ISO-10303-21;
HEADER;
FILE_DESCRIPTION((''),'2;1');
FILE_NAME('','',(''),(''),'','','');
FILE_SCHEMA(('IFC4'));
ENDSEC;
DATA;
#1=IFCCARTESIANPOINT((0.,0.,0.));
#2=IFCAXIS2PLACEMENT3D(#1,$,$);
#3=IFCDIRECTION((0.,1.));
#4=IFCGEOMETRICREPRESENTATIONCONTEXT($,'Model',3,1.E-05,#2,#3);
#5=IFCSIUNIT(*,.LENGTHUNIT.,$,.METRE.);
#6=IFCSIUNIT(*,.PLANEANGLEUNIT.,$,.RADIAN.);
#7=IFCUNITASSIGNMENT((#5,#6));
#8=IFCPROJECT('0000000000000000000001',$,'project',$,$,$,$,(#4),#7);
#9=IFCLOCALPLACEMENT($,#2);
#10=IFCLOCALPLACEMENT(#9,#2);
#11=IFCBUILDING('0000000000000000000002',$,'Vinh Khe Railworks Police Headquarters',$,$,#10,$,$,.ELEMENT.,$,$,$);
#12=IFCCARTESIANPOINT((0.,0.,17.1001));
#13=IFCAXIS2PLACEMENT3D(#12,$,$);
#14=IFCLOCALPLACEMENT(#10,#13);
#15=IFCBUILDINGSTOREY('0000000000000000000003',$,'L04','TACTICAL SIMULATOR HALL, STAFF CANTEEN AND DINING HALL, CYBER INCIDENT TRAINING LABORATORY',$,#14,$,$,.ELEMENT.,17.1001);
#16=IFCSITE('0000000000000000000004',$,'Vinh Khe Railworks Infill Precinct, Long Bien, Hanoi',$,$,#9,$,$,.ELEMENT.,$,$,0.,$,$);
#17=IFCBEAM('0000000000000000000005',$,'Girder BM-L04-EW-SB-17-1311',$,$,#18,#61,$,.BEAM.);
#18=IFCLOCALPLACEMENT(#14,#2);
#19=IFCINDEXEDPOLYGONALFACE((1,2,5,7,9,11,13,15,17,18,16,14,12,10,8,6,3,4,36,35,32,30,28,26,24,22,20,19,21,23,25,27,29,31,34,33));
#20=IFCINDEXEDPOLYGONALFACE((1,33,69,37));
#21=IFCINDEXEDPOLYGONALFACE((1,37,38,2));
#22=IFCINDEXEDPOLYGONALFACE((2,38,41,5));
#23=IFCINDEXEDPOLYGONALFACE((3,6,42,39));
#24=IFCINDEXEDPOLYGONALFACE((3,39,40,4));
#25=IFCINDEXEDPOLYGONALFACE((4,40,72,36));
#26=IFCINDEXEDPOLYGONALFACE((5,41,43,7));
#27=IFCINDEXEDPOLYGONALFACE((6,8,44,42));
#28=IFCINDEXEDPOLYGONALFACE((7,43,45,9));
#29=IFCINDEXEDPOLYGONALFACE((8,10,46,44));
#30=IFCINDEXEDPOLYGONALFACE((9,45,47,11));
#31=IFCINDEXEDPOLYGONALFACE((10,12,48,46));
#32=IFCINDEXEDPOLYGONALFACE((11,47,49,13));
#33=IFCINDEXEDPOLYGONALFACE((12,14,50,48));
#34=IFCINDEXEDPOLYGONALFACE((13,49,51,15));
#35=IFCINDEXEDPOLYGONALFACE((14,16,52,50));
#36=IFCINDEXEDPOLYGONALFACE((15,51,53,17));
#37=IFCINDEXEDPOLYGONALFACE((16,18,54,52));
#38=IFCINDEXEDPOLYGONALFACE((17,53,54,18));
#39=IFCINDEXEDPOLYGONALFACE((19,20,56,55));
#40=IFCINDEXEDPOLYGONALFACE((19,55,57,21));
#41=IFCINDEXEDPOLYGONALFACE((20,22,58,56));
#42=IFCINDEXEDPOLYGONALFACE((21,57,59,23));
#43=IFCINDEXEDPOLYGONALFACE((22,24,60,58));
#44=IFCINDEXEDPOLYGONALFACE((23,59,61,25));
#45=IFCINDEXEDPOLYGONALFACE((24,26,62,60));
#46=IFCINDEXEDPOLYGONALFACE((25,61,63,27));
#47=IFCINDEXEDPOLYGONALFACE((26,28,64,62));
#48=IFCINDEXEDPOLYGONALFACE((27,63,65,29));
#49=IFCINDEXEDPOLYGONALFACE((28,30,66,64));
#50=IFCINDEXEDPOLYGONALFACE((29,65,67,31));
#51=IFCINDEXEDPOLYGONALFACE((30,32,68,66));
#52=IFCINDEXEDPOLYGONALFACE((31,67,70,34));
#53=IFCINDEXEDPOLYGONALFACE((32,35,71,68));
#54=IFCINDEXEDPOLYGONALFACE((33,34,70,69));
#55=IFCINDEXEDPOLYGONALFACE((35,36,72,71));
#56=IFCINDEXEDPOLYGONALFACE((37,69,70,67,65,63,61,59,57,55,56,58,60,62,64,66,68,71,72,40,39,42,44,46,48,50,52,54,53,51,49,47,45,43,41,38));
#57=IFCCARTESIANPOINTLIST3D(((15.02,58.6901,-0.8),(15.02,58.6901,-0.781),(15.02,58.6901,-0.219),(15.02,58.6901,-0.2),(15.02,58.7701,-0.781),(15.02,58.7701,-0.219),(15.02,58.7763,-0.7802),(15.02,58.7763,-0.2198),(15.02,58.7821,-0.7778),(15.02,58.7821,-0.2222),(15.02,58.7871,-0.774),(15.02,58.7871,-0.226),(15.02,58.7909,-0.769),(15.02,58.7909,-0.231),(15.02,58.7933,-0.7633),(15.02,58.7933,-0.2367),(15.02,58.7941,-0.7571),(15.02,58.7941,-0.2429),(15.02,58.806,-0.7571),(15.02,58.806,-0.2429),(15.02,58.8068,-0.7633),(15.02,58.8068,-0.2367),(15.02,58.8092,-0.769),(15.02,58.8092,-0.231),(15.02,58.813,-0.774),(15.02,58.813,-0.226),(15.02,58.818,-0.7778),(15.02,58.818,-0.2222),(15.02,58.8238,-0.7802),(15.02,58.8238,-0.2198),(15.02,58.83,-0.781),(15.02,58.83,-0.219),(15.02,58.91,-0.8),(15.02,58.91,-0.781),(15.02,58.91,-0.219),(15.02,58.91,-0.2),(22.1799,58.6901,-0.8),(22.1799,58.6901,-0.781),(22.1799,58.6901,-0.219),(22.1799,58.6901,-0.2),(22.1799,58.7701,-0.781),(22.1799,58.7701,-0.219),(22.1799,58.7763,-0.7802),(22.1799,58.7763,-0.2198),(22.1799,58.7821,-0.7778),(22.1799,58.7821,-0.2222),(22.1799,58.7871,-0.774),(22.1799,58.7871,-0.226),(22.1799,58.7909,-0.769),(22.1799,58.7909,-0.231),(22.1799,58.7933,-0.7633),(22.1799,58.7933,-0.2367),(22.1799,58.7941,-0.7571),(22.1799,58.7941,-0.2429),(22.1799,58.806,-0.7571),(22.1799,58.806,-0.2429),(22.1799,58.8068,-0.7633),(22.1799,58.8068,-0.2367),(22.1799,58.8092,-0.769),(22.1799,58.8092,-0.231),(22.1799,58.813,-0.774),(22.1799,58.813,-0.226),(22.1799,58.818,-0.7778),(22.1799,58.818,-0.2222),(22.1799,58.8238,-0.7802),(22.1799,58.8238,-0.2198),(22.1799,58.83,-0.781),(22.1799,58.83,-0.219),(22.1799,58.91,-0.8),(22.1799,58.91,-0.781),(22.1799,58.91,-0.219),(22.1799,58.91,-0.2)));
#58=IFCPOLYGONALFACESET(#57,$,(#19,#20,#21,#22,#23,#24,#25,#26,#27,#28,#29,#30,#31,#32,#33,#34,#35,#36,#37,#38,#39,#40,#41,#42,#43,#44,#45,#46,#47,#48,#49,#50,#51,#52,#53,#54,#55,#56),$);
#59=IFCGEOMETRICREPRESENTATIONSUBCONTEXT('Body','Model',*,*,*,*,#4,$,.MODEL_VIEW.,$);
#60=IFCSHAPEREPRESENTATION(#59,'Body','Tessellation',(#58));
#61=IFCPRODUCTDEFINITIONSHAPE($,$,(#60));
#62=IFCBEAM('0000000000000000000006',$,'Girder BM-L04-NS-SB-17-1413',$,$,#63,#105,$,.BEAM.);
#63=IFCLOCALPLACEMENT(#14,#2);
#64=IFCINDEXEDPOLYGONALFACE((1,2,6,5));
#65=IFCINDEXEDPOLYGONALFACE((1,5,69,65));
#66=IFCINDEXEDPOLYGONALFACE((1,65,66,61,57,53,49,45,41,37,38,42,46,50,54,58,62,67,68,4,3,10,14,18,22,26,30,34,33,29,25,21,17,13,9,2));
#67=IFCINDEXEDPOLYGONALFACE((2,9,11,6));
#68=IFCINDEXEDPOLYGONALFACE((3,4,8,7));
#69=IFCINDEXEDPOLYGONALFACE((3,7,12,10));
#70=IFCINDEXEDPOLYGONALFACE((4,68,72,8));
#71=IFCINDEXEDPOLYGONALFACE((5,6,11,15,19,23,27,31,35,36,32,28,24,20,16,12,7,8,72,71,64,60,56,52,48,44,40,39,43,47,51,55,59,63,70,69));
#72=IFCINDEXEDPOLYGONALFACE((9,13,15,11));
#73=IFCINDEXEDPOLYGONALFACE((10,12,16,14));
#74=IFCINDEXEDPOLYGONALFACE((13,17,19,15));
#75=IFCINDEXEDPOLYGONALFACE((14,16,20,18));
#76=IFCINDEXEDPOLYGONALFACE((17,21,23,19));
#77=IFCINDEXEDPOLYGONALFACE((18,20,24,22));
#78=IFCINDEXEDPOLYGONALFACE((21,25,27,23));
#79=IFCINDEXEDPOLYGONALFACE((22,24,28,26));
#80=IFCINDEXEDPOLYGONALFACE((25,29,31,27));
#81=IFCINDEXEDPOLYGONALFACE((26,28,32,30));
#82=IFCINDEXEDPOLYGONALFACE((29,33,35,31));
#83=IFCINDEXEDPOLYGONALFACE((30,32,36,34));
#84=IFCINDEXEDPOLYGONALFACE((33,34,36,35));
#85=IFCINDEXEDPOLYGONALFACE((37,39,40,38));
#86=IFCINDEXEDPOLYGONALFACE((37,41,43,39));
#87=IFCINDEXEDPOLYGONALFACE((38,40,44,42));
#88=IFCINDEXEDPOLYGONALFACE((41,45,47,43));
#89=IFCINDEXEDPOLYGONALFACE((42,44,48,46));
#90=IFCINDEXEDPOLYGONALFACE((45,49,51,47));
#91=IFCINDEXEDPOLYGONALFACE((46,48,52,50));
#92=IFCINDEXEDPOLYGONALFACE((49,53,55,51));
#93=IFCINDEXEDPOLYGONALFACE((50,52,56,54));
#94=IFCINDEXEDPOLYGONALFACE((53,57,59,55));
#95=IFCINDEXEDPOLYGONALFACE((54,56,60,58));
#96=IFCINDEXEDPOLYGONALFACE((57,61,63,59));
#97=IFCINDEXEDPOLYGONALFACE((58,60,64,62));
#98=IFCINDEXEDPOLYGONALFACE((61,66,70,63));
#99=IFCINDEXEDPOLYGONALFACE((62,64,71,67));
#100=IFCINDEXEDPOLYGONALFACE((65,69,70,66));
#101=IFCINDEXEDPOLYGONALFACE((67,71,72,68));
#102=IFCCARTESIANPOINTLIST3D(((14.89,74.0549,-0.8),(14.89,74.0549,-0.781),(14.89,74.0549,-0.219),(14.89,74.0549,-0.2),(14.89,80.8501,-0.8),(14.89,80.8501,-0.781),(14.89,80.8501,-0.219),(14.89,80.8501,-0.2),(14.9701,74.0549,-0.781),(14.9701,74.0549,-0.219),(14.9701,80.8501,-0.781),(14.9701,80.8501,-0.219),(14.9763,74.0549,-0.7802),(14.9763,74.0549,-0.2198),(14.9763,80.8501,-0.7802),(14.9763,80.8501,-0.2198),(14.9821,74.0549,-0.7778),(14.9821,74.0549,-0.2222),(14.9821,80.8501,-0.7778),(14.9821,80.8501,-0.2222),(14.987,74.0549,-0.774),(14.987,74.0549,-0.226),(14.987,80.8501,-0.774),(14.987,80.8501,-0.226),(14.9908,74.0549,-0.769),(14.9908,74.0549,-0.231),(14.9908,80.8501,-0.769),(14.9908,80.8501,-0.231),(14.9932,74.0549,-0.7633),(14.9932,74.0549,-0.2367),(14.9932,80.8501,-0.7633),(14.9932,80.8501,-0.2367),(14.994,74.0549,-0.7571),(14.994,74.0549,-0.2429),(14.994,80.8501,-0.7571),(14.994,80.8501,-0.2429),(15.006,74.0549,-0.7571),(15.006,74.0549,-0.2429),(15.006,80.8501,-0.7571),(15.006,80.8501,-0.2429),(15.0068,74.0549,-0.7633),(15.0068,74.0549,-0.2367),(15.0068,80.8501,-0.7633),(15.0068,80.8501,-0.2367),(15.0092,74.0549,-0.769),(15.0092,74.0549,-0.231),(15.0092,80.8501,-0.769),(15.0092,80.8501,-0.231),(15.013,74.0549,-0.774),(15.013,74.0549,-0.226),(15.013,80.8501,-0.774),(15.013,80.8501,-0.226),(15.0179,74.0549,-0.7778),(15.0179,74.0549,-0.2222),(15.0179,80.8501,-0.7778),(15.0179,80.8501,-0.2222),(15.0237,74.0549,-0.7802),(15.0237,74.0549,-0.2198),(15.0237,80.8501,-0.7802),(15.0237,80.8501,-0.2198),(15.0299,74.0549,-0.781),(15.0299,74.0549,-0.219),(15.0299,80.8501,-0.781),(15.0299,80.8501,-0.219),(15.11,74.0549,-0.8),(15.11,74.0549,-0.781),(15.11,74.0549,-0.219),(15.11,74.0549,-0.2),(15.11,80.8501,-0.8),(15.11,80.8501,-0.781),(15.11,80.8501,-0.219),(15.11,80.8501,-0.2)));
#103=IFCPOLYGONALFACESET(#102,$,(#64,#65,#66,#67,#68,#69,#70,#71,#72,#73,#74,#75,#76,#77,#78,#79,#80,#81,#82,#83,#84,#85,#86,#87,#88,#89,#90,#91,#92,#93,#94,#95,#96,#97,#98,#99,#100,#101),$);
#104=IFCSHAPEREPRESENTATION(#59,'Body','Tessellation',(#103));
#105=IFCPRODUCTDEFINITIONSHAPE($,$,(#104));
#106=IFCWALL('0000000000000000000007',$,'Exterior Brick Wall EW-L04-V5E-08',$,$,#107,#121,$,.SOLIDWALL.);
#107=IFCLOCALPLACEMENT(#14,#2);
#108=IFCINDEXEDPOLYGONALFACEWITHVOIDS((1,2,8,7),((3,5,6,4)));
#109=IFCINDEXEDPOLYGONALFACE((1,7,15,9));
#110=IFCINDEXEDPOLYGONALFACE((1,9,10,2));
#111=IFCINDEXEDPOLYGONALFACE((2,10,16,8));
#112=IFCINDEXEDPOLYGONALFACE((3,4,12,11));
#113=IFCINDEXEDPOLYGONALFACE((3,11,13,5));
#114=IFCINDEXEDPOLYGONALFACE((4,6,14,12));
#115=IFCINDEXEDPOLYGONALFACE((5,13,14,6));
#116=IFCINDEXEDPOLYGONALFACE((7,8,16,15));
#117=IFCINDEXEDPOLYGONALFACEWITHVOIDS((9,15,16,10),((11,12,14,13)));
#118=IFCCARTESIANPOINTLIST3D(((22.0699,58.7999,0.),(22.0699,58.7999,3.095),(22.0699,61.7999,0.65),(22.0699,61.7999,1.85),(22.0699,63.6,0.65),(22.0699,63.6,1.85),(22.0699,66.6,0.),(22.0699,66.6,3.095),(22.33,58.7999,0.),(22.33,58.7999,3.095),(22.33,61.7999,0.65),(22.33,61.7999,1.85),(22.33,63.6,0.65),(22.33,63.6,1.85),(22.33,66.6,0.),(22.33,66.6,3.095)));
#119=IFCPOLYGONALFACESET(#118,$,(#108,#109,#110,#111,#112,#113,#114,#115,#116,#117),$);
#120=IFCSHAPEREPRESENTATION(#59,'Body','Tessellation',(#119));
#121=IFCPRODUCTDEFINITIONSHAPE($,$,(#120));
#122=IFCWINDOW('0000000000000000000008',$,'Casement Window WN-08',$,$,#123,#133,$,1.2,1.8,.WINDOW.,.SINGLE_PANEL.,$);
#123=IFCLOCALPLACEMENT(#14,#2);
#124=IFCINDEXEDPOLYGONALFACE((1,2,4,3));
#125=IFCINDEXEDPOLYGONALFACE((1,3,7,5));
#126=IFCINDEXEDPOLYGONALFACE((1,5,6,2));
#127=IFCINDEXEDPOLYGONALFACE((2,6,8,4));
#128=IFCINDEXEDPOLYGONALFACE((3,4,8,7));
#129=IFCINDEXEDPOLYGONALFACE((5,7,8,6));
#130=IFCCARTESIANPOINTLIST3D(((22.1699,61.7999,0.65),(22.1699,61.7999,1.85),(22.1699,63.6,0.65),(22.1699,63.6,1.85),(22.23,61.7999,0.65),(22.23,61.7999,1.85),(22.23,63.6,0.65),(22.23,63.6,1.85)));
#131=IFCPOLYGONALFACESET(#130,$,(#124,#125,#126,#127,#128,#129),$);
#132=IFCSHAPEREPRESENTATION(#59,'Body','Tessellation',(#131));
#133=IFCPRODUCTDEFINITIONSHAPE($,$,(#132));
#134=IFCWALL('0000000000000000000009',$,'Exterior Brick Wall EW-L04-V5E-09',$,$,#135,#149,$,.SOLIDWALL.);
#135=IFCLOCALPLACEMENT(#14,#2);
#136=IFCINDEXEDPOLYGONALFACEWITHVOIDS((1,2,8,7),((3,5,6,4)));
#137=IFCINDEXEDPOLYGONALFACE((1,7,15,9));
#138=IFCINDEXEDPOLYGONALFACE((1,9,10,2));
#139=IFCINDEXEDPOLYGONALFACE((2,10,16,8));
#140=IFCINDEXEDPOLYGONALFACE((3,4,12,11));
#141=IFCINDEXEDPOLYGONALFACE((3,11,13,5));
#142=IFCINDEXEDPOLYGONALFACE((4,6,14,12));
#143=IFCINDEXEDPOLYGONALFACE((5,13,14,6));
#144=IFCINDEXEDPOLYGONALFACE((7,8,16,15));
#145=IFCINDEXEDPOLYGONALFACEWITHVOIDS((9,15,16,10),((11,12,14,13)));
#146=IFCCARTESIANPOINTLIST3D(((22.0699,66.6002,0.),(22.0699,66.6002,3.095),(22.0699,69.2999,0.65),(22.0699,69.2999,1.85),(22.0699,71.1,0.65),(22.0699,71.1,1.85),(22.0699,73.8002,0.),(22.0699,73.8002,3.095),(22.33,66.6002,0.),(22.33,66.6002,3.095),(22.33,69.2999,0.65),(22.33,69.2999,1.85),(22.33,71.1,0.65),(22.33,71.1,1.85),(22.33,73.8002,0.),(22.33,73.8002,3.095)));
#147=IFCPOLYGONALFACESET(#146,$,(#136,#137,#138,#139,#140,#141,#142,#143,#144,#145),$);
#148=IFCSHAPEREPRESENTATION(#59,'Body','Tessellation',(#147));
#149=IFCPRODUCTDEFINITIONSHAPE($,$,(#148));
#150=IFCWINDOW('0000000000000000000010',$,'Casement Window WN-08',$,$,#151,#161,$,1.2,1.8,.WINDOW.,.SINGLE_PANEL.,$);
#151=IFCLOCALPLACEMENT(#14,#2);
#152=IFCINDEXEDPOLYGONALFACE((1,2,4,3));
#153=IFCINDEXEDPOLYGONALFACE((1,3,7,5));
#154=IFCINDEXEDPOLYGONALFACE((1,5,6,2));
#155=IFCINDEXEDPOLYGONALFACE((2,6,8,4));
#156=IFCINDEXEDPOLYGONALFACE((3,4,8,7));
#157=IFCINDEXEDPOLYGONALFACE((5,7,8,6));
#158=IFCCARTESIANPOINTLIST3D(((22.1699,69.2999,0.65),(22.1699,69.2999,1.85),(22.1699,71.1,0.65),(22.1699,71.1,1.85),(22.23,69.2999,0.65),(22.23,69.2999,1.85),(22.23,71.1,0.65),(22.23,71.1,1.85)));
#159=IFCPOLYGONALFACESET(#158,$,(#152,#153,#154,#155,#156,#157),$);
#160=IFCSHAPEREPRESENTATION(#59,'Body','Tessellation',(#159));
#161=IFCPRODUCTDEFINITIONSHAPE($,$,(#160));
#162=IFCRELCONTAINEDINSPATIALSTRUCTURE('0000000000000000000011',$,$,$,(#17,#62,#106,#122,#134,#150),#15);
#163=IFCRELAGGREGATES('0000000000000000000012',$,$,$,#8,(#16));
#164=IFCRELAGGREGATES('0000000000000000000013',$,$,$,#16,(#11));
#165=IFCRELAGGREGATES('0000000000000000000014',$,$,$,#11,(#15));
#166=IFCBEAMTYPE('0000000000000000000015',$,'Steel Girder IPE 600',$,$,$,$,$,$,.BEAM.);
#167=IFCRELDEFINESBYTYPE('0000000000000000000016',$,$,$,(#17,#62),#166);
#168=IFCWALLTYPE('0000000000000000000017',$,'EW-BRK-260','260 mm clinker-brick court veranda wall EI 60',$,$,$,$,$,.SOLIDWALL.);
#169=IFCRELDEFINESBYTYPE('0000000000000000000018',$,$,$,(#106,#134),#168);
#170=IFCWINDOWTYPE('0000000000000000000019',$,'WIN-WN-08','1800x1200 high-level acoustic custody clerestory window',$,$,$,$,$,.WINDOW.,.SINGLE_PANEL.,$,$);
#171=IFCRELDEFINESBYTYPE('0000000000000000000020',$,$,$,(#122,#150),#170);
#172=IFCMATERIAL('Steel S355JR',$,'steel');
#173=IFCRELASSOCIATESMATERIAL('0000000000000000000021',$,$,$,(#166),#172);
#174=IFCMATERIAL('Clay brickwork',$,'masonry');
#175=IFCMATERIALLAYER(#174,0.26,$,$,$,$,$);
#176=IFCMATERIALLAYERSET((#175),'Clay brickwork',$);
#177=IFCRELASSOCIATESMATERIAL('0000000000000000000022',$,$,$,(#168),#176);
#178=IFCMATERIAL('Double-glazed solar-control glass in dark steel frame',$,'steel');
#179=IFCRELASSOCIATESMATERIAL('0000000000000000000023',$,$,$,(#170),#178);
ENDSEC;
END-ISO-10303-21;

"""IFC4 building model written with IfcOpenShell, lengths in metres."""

from ifc_helpers import new_model, si_unit, direction, frame, frame_2d, origin, origin_2d, place, context, subcontext, project, spatial, rectangle, i_section, extrude, material, layer, layer_set, material_profile, profile_set, type_object, element, fill, save


model = new_model("IFC4")

# Units and contexts
model_context = context("Model", 3, precision=1e-05, world=origin(), true_north=direction((0.0, 1.0)))
body_context = subcontext(model_context, "Body", "Model", "MODEL_VIEW")
ifc_project = project(units=[si_unit("LENGTHUNIT", "METRE"), si_unit("PLANEANGLEUNIT", "RADIAN")], contexts=[model_context])

# Site, building, storey
site_placement = place(None, origin())
site = spatial("IfcSite", under=ifc_project, at=site_placement, Name="Vinh Khe Railworks Infill Precinct, Long Bien, Hanoi", CompositionType="ELEMENT", RefElevation=0.0)
building_placement = place(site_placement, origin())
building = spatial("IfcBuilding", under=site, at=building_placement, Name="Vinh Khe Railworks Police Headquarters", CompositionType="ELEMENT")
storey_placement = place(building_placement, frame((0.0, 0.0, 17.1001)))
storey = spatial("IfcBuildingStorey", under=building, at=storey_placement, Name="L04", Description="TACTICAL SIMULATOR HALL, STAFF CANTEEN AND DINING HALL, CYBER INCIDENT TRAINING LABORATORY", CompositionType="ELEMENT", Elevation=17.1001)

# Shared definitions
ifc_material_1 = material(Name="Steel S355JR", Category="steel")

# Beams
ifc_material_profile_1 = material_profile(ifc_material_1, i_section(OverallWidth=0.22, OverallDepth=0.6001, WebThickness=0.012, FlangeThickness=0.019, FilletRadius=0.0239, at=origin_2d()), Name="IPE 600")
ifc_profile_set_1 = profile_set([ifc_material_profile_1], Name="Steel S355JR")
beam_type_1 = type_object("IfcBeamType", Name="Steel Girder IPE 600", PredefinedType="BEAM", material=ifc_profile_set_1)
beam_1_placement = place(storey_placement, frame((15.02, 58.8, -0.5), z_axis=(1.0, 0.0, 0.0), x_axis=(0.0, 1.0, 0.0)))
element("IfcBeam", 1, at=beam_1_placement, inside=storey, type_object=beam_type_1, Name="Girder BM-L04-EW-SB-17-1311", PredefinedType="BEAM", context=body_context, shape_type="SweptSolid", body=[
    extrude(i_section(OverallWidth=0.22, OverallDepth=0.6001, WebThickness=0.012, FlangeThickness=0.019, FilletRadius=0.0239, at=origin_2d()), origin(), (0.0, 0.0, 1.0), 7.1599),
])
beam_2_placement = place(storey_placement, frame((15.0, 74.0549, -0.5), z_axis=(0.0, 1.0, 0.0), x_axis=(-1.0, 0.0, 0.0)))
element("IfcBeam", 2, at=beam_2_placement, inside=storey, type_object=beam_type_1, Name="Girder BM-L04-NS-SB-17-1413", PredefinedType="BEAM", context=body_context, shape_type="SweptSolid", body=[
    extrude(i_section(OverallWidth=0.22, OverallDepth=0.6001, WebThickness=0.012, FlangeThickness=0.019, FilletRadius=0.0239, at=origin_2d()), origin(), (0.0, 0.0, 1.0), 6.7952),
])

# Walls, openings, windows
ifc_material_2 = material(Name="Clay brickwork", Category="masonry")
ifc_layer_1 = layer(ifc_material_2, 0.26)
ifc_layer_set_1 = layer_set([ifc_layer_1], Name="Clay brickwork")
wall_type_1 = type_object("IfcWallType", Name="EW-BRK-260", Description="260 mm clinker-brick court veranda wall EI 60", PredefinedType="SOLIDWALL", material=ifc_layer_set_1)
wall_1_placement = place(storey_placement, frame((22.2, 58.8, 0.0), z_axis=(0.0, 0.0, 1.0), x_axis=(0.0, 1.0, 0.0)))
wall_1 = element("IfcWall", 3, at=wall_1_placement, inside=storey, type_object=wall_type_1, Name="Exterior Brick Wall EW-L04-V5E-08", PredefinedType="SOLIDWALL", context=body_context, shape_type="SweptSolid", body=[
    extrude(rectangle(XDim=7.8, YDim=0.26, at=frame_2d((3.8999, 0.0))), origin(), (0.0, 0.0, 1.0), 3.095),
])
opening_1_placement = place(wall_1_placement, frame((3.0, 0.0, 0.6499)))
opening_1 = element("IfcOpeningElement", 4, at=opening_1_placement, cuts=wall_1, PredefinedType="OPENING", context=body_context, shape_type="SweptSolid", body=[
    extrude(rectangle(XDim=1.8, YDim=1.2, at=frame_2d((0.8999, 0.6001))), frame((0.0, 0.145, 0.0), z_axis=(0.0, -1.0, 0.0), x_axis=(1.0, 0.0, 0.0)), (0.0, 0.0, 1.0), 0.2898),
])
ifc_material_3 = material(Name="Double-glazed solar-control glass in dark steel frame", Category="steel")
window_type_1 = type_object("IfcWindowType", Name="WIN-WN-08", Description="1800x1200 high-level acoustic custody clerestory window", PartitioningType="SINGLE_PANEL", PredefinedType="WINDOW", material=ifc_material_3)
window_1_placement = place(opening_1_placement, origin())
window_1 = element("IfcWindow", 5, at=window_1_placement, inside=storey, type_object=window_type_1, Name="Casement Window WN-08", OverallHeight=1.2, OverallWidth=1.8, PartitioningType="SINGLE_PANEL", PredefinedType="WINDOW", context=body_context, shape_type="SweptSolid", body=[
    extrude(rectangle(XDim=1.8, YDim=1.2, at=frame_2d((0.8999, 0.6001))), frame((0.0, 0.03, 0.0), z_axis=(0.0, -1.0, 0.0), x_axis=(1.0, 0.0, 0.0)), (0.0, 0.0, 1.0), 0.0601),
])
fill(opening_1, window_1)
wall_2_placement = place(storey_placement, frame((22.2, 66.6001, 0.0), z_axis=(0.0, 0.0, 1.0), x_axis=(0.0, 1.0, 0.0)))
wall_2 = element("IfcWall", 6, at=wall_2_placement, inside=storey, type_object=wall_type_1, Name="Exterior Brick Wall EW-L04-V5E-09", PredefinedType="SOLIDWALL", context=body_context, shape_type="SweptSolid", body=[
    extrude(rectangle(XDim=7.2, YDim=0.26, at=frame_2d((3.6001, 0.0))), origin(), (0.0, 0.0, 1.0), 3.095),
])
opening_2_placement = place(wall_2_placement, frame((2.7, 0.0, 0.6499)))
opening_2 = element("IfcOpeningElement", 7, at=opening_2_placement, cuts=wall_2, PredefinedType="OPENING", context=body_context, shape_type="SweptSolid", body=[
    extrude(rectangle(XDim=1.8, YDim=1.2, at=frame_2d((0.8999, 0.6001))), frame((0.0, 0.145, 0.0), z_axis=(0.0, -1.0, 0.0), x_axis=(1.0, 0.0, 0.0)), (0.0, 0.0, 1.0), 0.2898),
])
window_2_placement = place(opening_2_placement, origin())
window_2 = element("IfcWindow", 8, at=window_2_placement, inside=storey, type_object=window_type_1, Name="Casement Window WN-08", OverallHeight=1.2, OverallWidth=1.8, PartitioningType="SINGLE_PANEL", PredefinedType="WINDOW", context=body_context, shape_type="SweptSolid", body=[
    extrude(rectangle(XDim=1.8, YDim=1.2, at=frame_2d((0.8999, 0.6001))), frame((0.0, 0.03, 0.0), z_axis=(0.0, -1.0, 0.0), x_axis=(1.0, 0.0, 0.0)), (0.0, 0.0, 1.0), 0.0601),
])
fill(opening_2, window_2)

save(model, "model.ifc")
